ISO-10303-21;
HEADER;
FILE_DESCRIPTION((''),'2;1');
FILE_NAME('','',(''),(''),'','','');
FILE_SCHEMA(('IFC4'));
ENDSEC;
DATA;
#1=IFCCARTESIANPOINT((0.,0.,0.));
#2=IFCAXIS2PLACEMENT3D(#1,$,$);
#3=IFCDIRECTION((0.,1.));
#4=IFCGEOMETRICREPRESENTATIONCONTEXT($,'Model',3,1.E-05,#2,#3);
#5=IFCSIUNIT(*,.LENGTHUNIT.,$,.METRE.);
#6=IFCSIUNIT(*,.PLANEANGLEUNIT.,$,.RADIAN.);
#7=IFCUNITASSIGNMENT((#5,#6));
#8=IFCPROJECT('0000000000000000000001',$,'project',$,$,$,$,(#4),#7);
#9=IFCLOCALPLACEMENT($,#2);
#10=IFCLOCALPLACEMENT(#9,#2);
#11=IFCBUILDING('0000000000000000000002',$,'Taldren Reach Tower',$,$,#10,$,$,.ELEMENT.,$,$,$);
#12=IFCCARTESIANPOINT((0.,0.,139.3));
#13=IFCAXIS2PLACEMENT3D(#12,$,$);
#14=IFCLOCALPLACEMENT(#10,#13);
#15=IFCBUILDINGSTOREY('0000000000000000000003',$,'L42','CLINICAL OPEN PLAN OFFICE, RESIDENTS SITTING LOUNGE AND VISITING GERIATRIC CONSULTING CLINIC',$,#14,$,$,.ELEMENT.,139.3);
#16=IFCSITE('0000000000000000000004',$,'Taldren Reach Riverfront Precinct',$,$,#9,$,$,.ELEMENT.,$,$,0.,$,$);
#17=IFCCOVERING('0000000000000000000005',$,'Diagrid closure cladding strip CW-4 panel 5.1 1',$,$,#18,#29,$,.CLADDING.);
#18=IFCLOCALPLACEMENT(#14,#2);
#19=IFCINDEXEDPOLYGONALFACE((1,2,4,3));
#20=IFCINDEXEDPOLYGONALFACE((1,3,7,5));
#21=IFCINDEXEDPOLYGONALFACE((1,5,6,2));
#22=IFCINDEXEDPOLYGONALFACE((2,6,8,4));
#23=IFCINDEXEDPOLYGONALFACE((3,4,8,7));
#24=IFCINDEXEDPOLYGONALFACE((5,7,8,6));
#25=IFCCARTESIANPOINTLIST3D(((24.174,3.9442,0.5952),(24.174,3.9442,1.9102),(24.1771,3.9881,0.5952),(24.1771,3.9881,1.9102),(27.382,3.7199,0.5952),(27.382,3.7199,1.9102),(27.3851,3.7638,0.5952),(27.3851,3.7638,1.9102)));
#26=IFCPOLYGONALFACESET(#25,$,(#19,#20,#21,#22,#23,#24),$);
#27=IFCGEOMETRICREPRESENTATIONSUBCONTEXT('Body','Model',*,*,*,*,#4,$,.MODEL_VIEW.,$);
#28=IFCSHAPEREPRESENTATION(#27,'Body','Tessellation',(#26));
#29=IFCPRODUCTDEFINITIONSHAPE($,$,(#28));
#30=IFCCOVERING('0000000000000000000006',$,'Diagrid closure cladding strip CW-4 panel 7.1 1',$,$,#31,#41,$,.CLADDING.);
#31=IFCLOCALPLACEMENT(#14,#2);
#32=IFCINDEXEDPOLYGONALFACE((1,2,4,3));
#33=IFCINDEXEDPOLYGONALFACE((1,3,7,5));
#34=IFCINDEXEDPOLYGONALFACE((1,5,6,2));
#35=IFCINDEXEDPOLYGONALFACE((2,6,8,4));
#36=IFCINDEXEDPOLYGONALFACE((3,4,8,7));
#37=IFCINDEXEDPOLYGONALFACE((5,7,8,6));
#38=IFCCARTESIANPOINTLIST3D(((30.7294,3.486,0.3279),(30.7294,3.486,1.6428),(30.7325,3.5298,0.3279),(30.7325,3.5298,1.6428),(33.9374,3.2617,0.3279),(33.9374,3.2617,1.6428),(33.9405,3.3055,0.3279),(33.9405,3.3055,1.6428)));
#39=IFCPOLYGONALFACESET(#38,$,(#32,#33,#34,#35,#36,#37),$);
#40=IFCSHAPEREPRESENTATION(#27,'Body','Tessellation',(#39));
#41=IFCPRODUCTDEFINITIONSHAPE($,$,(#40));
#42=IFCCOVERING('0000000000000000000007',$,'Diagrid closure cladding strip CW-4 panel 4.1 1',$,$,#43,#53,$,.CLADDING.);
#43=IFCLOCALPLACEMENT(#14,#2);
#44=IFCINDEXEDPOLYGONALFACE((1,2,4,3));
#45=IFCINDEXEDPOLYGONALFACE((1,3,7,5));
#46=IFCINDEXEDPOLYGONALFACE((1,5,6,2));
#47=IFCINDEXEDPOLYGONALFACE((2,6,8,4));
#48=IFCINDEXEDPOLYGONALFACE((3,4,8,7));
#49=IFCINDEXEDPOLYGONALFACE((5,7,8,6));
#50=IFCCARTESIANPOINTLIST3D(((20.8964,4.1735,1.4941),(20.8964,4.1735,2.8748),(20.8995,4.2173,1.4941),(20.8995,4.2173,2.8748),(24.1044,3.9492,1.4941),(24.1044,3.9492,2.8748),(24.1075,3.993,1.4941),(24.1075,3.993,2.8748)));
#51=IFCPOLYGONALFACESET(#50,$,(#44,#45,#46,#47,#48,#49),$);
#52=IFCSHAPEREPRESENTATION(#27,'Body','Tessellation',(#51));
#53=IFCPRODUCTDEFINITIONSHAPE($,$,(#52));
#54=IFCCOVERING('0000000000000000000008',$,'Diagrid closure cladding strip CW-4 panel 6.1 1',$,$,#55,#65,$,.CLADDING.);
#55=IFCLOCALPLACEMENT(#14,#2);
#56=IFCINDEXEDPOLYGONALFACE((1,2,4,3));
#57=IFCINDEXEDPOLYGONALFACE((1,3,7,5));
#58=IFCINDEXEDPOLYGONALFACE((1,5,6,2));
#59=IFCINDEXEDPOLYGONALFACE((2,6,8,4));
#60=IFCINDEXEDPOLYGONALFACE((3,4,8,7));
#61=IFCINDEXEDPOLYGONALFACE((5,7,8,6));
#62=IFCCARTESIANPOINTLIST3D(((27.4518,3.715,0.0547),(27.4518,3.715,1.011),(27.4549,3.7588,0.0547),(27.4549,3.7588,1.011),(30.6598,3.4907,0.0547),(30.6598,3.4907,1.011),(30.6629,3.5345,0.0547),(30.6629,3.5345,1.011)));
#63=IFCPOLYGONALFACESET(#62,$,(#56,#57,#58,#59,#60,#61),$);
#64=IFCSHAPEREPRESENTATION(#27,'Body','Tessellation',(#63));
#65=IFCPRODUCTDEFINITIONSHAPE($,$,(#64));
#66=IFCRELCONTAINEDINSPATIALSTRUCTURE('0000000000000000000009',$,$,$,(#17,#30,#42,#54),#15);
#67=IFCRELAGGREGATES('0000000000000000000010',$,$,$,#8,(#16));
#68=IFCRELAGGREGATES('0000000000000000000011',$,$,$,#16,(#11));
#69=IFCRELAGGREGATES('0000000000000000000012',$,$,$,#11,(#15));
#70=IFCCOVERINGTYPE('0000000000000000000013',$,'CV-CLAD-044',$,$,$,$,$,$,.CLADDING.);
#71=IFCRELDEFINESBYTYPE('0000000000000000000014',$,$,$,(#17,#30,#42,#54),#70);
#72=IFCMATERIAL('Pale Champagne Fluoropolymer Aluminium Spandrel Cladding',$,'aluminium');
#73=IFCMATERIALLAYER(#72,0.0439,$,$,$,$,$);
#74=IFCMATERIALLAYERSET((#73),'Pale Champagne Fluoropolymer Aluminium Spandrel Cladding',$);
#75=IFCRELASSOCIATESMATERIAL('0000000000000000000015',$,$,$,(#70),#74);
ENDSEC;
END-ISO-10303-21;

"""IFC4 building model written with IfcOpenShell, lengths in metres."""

from ifc_helpers import new_model, si_unit, direction, frame, origin, origin_2d, place, context, subcontext, project, spatial, rectangle, extrude, source, transform, mapped, material, layer, layer_set, type_object, element, save


model = new_model("IFC4")

# Units and contexts
model_context = context("Model", 3, precision=1e-05, world=origin(), true_north=direction((0.0, 1.0)))
body_context = subcontext(model_context, "Body", "Model", "MODEL_VIEW")
ifc_project = project(units=[si_unit("LENGTHUNIT", "METRE"), si_unit("PLANEANGLEUNIT", "RADIAN")], contexts=[model_context])

# Site, building, storey
site_placement = place(None, origin())
site = spatial("IfcSite", under=ifc_project, at=site_placement, Name="Taldren Reach Riverfront Precinct", CompositionType="ELEMENT", RefElevation=0.0)
building_placement = place(site_placement, origin())
building = spatial("IfcBuilding", under=site, at=building_placement, Name="Taldren Reach Tower", CompositionType="ELEMENT")
storey_placement = place(building_placement, frame((0.0, 0.0, 139.3)))
storey = spatial("IfcBuildingStorey", under=building, at=storey_placement, Name="L42", Description="CLINICAL OPEN PLAN OFFICE, RESIDENTS SITTING LOUNGE AND VISITING GERIATRIC CONSULTING CLINIC", CompositionType="ELEMENT", Elevation=139.3)

# Coverings
ifc_material_1 = material(Name="Pale Champagne Fluoropolymer Aluminium Spandrel Cladding", Category="aluminium")
ifc_layer_1 = layer(ifc_material_1, 0.0439)
ifc_layer_set_1 = layer_set([ifc_layer_1], Name="Pale Champagne Fluoropolymer Aluminium Spandrel Cladding")
covering_type = type_object("IfcCoveringType", Name="CV-CLAD-044", PredefinedType="CLADDING", material=ifc_layer_set_1)
shared_shape_1 = source(origin(), body_context, "Body", "SweptSolid", [
    extrude(rectangle(XDim=3.2158, YDim=0.0439, at=origin_2d()), origin(), (0.0, 0.0, 1.0), 1.3149),
])
for number, where, z_axis, x_axis, name in (
    (1, (25.7795, 3.854, 0.5952), (0.0, 0.0, 1.0), (0.997564, -0.069757, 0.0), "Diagrid closure cladding strip CW-4 panel 5.1 1"),
    (2, (32.335, 3.3958, 0.3279), (0.0, 0.0, 1.0), (0.997564, -0.069757, 0.0), "Diagrid closure cladding strip CW-4 panel 7.1 1"),
):
    element("IfcCovering", number, at=place(storey_placement, frame(where, z_axis=z_axis, x_axis=x_axis)), inside=storey, type_object=covering_type, Name=name, PredefinedType="CLADDING", context=body_context, shape_type="MappedRepresentation", body=[
        mapped(shared_shape_1, transform((0.0, 0.0, 0.0), scale=1.0)),
    ])
shared_shape_2 = source(origin(), body_context, "Body", "SweptSolid", [
    extrude(rectangle(XDim=3.2158, YDim=0.0439, at=origin_2d()), origin(), (0.0, 0.0, 1.0), 1.3806),
])
covering_1_placement = place(storey_placement, frame((22.502, 4.0833, 1.4941), z_axis=(0.0, 0.0, 1.0), x_axis=(0.997564, -0.069757, 0.0)))
element("IfcCovering", 3, at=covering_1_placement, inside=storey, type_object=covering_type, Name="Diagrid closure cladding strip CW-4 panel 4.1 1", PredefinedType="CLADDING", context=body_context, shape_type="MappedRepresentation", body=[
    mapped(shared_shape_2, transform((0.0, 0.0, 0.0), scale=1.0)),
])
shared_shape_3 = source(origin(), body_context, "Body", "SweptSolid", [
    extrude(rectangle(XDim=3.2158, YDim=0.0439, at=origin_2d()), origin(), (0.0, 0.0, 1.0), 0.9563),
])
covering_2_placement = place(storey_placement, frame((29.0574, 3.6248, 0.0547), z_axis=(0.0, 0.0, 1.0), x_axis=(0.997564, -0.069757, 0.0)))
element("IfcCovering", 4, at=covering_2_placement, inside=storey, type_object=covering_type, Name="Diagrid closure cladding strip CW-4 panel 6.1 1", PredefinedType="CLADDING", context=body_context, shape_type="MappedRepresentation", body=[
    mapped(shared_shape_3, transform((0.0, 0.0, 0.0), scale=1.0)),
])

save(model, "model.ifc")
